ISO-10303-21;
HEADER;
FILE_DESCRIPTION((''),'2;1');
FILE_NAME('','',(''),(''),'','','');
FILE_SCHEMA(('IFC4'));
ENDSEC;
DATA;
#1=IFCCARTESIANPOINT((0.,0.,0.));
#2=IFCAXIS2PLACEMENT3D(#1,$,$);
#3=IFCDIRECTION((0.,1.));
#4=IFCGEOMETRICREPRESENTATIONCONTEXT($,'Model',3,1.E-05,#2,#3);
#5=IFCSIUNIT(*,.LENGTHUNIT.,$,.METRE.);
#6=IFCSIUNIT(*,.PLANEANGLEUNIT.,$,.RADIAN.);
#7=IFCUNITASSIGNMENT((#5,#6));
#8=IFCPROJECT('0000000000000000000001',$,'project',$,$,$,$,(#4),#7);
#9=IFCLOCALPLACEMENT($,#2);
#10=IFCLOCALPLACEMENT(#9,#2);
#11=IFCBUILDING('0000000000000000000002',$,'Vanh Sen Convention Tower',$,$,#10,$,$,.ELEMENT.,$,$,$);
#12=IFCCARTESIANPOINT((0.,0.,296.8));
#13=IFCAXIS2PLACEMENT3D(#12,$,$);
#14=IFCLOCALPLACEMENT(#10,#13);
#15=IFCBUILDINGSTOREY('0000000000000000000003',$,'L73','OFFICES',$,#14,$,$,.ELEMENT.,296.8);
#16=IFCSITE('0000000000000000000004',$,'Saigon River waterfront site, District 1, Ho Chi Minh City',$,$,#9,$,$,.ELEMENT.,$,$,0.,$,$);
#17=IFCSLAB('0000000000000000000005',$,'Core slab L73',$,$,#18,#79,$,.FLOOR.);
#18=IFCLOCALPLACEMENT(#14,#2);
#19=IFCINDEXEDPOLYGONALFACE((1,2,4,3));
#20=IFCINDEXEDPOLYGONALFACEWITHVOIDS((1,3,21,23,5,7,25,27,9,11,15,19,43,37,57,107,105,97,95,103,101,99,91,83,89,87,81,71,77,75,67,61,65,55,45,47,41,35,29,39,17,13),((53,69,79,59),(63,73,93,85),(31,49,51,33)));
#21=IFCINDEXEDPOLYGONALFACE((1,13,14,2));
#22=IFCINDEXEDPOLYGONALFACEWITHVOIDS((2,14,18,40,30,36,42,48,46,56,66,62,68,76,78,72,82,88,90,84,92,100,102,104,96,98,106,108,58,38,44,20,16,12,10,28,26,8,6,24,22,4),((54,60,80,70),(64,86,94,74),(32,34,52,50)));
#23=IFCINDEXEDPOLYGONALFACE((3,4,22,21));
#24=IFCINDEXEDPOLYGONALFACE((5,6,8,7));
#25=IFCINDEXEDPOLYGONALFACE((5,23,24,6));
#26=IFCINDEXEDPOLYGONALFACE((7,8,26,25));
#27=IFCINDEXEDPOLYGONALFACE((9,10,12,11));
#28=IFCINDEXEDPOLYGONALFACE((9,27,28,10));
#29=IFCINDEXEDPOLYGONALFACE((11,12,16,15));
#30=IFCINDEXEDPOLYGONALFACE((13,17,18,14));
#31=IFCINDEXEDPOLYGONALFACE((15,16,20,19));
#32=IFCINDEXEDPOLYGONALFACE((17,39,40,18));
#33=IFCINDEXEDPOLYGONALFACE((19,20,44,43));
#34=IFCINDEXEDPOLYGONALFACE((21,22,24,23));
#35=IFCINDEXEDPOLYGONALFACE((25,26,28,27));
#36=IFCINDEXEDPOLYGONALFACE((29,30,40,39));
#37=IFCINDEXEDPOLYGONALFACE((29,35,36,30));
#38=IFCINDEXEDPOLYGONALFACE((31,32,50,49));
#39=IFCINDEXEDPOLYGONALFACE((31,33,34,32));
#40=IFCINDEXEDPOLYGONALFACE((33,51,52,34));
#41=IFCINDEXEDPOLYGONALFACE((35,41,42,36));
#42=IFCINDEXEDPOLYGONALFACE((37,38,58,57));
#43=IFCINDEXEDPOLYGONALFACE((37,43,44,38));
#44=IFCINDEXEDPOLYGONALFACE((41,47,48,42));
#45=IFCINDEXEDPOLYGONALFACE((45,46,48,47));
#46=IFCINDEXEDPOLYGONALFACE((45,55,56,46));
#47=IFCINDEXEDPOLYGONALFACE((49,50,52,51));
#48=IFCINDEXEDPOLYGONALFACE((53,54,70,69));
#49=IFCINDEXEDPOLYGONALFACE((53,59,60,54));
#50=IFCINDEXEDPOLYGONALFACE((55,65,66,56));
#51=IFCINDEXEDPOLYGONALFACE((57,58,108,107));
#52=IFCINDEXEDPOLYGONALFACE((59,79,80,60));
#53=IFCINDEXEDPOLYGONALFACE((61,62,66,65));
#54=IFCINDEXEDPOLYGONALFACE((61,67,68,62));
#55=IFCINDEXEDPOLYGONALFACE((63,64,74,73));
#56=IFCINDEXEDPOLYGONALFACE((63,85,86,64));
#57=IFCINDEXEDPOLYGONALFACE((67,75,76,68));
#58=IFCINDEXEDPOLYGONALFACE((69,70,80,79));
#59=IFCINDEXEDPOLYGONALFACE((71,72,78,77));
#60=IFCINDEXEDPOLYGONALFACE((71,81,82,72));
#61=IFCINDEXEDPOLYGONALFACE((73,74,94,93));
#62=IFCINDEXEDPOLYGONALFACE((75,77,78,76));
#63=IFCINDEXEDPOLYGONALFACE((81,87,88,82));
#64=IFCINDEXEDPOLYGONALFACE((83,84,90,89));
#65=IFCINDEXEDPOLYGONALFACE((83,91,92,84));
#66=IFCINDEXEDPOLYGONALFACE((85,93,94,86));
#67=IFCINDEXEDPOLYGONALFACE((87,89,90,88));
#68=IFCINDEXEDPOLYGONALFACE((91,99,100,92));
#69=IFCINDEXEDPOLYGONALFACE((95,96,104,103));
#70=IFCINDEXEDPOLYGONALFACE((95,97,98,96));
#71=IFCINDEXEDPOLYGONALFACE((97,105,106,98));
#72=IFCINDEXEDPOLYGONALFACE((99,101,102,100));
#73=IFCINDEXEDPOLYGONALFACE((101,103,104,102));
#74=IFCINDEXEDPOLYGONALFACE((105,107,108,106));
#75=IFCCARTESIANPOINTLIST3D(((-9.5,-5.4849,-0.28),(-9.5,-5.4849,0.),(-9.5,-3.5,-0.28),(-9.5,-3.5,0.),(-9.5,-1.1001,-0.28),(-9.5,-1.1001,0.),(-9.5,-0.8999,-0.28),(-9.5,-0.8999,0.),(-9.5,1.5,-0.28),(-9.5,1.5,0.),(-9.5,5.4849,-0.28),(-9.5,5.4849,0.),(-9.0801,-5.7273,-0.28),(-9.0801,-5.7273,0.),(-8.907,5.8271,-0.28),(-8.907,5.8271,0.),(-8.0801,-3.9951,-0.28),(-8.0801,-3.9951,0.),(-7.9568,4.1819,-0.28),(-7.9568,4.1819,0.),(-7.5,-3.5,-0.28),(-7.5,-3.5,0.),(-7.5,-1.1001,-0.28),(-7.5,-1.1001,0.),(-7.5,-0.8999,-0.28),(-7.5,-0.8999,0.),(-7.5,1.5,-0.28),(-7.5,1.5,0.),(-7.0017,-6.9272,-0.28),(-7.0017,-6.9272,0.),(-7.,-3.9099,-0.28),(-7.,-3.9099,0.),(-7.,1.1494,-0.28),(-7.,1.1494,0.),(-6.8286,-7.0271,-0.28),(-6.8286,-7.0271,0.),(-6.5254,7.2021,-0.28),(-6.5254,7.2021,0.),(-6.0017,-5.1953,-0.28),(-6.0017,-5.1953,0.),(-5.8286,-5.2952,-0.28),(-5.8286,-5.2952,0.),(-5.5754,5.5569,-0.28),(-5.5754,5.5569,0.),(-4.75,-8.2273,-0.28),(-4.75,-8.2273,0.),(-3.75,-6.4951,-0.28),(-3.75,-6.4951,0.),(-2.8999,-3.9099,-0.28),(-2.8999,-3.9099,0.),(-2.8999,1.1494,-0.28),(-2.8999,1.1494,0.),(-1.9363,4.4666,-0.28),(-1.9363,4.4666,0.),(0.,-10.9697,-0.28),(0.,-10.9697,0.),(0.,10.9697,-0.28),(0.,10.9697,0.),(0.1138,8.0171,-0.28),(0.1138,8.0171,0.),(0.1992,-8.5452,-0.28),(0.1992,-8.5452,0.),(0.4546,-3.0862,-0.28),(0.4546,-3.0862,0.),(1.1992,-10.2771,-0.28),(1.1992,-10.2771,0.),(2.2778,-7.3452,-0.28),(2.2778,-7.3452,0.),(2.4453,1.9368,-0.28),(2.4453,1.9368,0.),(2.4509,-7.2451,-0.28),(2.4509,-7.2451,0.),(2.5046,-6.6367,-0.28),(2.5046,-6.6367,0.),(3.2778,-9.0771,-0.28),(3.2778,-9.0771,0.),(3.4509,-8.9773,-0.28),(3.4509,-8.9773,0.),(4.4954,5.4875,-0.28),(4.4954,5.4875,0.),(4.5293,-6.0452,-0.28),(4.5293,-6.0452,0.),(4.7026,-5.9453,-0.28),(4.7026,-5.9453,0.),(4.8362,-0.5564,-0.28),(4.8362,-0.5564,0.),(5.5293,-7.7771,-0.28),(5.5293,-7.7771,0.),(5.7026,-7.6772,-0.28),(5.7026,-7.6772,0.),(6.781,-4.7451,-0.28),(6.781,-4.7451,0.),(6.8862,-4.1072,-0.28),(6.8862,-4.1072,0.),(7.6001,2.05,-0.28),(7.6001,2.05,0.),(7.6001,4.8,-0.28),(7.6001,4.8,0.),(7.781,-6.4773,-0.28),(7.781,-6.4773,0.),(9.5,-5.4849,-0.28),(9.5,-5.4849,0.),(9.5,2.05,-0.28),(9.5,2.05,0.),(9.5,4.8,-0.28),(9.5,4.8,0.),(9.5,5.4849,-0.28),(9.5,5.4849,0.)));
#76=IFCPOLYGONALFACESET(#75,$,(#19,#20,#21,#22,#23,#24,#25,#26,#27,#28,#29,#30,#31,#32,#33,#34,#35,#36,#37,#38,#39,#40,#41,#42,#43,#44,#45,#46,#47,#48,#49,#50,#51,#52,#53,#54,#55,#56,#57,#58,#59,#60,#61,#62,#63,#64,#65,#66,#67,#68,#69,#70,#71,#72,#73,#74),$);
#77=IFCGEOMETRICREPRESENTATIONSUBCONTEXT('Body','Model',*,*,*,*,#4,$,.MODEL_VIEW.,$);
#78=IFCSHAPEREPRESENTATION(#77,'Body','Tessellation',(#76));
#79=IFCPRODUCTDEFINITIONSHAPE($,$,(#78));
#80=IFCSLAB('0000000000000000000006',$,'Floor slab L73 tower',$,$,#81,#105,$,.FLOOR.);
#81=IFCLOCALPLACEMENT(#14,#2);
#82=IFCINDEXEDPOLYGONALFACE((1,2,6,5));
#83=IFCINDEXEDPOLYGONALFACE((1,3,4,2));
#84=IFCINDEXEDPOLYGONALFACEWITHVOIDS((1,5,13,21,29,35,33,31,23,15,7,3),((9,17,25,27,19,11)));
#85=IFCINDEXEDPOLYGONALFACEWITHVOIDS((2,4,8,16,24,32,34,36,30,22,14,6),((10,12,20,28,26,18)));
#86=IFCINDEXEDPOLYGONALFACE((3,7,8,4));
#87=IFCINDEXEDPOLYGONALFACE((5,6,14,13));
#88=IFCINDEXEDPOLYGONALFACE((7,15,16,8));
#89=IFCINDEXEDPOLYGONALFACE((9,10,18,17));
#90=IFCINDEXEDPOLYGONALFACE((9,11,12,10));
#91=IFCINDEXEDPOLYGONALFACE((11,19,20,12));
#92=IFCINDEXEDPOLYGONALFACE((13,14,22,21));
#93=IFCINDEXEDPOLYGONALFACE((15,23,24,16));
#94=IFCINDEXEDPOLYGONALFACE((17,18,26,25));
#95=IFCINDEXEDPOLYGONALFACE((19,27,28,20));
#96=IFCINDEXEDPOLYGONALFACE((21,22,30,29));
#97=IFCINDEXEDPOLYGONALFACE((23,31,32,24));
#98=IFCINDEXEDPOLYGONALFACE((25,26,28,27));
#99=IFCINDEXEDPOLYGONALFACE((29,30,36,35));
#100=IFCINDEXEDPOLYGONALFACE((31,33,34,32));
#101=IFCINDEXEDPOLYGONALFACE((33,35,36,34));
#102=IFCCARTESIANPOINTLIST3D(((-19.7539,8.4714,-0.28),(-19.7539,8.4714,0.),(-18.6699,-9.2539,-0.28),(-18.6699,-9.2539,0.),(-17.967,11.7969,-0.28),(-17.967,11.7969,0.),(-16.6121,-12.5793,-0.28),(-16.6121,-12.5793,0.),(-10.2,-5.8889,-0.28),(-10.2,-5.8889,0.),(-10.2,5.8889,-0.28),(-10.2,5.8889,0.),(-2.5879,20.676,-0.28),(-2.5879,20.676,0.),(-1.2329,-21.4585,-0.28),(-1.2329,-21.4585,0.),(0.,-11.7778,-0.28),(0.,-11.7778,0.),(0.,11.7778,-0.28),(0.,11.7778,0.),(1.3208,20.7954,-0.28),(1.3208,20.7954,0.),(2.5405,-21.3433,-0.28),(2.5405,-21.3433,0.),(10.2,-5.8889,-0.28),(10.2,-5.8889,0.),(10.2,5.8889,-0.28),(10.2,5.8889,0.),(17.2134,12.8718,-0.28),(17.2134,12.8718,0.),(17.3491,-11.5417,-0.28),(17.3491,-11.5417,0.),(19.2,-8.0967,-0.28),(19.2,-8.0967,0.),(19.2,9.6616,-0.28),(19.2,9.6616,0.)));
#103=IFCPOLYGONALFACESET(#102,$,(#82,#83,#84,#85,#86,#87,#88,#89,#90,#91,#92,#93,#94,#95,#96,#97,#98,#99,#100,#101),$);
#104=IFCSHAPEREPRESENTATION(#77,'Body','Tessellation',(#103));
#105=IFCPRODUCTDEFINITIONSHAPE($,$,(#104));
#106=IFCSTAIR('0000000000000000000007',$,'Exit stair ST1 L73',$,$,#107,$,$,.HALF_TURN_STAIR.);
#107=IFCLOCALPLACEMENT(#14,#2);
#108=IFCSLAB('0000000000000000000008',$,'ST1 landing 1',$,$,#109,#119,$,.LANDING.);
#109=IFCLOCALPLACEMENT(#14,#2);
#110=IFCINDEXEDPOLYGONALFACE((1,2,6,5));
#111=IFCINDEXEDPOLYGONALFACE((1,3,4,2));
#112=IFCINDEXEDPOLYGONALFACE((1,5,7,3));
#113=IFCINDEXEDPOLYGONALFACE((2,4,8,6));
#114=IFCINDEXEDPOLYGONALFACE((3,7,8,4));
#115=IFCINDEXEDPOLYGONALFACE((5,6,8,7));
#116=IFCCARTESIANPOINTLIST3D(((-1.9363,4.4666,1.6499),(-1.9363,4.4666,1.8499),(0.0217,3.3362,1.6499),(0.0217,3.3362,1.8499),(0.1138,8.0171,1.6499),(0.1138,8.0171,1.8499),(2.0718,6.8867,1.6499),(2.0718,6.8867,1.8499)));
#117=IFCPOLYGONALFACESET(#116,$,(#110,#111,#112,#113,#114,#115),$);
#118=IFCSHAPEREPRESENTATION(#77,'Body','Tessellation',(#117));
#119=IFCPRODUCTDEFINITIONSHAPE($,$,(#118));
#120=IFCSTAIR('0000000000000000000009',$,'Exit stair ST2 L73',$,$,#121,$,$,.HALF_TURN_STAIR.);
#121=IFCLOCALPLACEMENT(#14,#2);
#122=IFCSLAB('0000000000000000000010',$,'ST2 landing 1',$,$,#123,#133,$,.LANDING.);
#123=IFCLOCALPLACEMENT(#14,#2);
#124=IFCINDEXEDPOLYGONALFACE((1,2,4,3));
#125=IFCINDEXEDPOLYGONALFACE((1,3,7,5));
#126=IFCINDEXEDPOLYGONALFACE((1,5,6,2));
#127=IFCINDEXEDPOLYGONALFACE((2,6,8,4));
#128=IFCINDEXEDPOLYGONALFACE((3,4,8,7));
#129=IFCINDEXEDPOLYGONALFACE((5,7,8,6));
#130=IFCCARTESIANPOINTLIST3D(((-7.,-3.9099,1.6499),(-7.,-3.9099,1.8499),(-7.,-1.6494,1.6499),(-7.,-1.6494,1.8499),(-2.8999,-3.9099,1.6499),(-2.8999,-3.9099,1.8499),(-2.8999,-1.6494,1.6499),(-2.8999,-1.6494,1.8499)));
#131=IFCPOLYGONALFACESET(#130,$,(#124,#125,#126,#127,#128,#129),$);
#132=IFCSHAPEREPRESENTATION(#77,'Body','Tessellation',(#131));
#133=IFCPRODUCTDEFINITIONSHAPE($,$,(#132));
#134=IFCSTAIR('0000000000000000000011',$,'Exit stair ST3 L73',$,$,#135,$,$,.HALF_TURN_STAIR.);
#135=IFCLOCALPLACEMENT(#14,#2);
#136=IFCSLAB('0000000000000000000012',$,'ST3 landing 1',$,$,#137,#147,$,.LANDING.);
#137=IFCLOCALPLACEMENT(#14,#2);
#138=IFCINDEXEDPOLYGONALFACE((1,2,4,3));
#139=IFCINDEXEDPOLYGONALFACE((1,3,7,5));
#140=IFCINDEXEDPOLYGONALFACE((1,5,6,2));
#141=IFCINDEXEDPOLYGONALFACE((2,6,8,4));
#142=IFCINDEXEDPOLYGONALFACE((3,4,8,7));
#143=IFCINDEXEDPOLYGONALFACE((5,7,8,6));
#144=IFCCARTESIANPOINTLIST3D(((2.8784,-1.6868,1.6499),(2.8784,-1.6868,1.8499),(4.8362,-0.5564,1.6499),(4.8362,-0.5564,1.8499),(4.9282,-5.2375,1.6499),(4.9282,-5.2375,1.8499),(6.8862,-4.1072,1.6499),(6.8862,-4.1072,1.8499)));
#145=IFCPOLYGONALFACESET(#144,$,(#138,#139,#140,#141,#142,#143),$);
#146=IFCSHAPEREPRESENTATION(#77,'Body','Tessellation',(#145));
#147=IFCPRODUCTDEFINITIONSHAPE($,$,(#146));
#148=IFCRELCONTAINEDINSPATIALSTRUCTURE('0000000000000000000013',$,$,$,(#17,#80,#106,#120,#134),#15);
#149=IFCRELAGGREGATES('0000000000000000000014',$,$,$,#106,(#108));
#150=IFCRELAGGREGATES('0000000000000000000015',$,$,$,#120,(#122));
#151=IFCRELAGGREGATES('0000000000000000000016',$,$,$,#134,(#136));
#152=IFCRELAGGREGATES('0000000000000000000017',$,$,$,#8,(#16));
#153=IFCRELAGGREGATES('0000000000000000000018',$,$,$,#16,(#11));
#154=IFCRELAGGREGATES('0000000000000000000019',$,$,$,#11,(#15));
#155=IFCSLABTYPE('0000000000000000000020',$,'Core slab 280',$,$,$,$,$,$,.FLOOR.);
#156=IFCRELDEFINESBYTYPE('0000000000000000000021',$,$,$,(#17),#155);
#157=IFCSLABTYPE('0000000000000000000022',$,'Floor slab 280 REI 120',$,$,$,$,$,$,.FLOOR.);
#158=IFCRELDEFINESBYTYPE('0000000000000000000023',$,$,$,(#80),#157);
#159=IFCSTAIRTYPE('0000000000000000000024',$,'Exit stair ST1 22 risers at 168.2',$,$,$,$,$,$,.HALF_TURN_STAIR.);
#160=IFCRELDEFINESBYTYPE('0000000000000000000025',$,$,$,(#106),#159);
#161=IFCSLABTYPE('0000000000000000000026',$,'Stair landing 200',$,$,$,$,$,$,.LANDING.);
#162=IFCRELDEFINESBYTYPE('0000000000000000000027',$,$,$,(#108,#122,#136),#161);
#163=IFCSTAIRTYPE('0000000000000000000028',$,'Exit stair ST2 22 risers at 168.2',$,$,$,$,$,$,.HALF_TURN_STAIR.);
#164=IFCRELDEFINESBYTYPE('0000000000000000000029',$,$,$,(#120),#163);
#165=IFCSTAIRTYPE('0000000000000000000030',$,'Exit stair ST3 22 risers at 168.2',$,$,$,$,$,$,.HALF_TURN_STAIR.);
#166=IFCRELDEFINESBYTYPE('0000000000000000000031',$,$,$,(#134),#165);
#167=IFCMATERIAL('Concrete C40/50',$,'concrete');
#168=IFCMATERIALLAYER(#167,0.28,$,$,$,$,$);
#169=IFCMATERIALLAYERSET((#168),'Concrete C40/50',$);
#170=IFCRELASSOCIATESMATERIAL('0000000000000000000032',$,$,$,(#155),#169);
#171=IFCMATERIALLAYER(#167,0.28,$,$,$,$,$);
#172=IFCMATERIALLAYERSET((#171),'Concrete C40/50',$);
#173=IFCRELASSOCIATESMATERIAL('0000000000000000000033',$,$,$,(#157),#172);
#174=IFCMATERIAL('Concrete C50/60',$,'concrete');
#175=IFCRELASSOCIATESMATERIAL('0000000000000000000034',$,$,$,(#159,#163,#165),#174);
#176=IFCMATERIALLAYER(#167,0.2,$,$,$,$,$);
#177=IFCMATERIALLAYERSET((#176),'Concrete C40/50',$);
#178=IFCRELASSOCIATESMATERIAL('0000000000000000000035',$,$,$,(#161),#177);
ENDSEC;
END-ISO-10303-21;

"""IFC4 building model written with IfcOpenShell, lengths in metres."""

from ifc_helpers import new_model, si_unit, direction, frame, origin, place, context, subcontext, project, spatial, polyline, outline, extrude, material, layer, layer_set, type_object, element, aggregate, save


model = new_model("IFC4")

# Units and contexts
model_context = context("Model", 3, precision=1e-05, world=origin(), true_north=direction((0.0, 1.0)))
body_context = subcontext(model_context, "Body", "Model", "MODEL_VIEW")
ifc_project = project(units=[si_unit("LENGTHUNIT", "METRE"), si_unit("PLANEANGLEUNIT", "RADIAN")], contexts=[model_context])

# Site, building, storey
site_placement = place(None, origin())
site = spatial("IfcSite", under=ifc_project, at=site_placement, Name="Saigon River waterfront site, District 1, Ho Chi Minh City", CompositionType="ELEMENT", RefElevation=0.0)
building_placement = place(site_placement, origin())
building = spatial("IfcBuilding", under=site, at=building_placement, Name="Vanh Sen Convention Tower", CompositionType="ELEMENT")
storey_placement = place(building_placement, frame((0.0, 0.0, 296.8)))
storey = spatial("IfcBuildingStorey", under=building, at=storey_placement, Name="L73", Description="OFFICES", CompositionType="ELEMENT", Elevation=296.8)

# Slabs
ifc_material_1 = material(Name="Concrete C40/50", Category="concrete")
ifc_layer_1 = layer(ifc_material_1, 0.28)
ifc_layer_set_1 = layer_set([ifc_layer_1], Name="Concrete C40/50")
slab_type_1 = type_object("IfcSlabType", Name="Core slab 280", PredefinedType="FLOOR", material=ifc_layer_set_1)
slab_1_placement = place(storey_placement, frame((0.0, 0.0, -0.28)))
element("IfcSlab", 1, at=slab_1_placement, inside=storey, type_object=slab_type_1, Name="Core slab L73", PredefinedType="FLOOR", context=body_context, shape_type="SweptSolid", body=[
    extrude(outline(polyline([(0.0, 10.9697), (9.5, 5.4849), (9.5, 4.8), (7.6001, 4.8), (7.6001, 2.05), (9.5, 2.05), (9.5, -5.4849), (7.781, -6.4773), (6.781, -4.7451), (4.7026, -5.9453), (5.7026, -7.6772), (5.5293, -7.7771), (4.5293, -6.0452), (2.4509, -7.2451), (3.4509, -8.9773), (3.2778, -9.0771), (2.2778, -7.3452), (0.1992, -8.5452), (1.1992, -10.2771), (0.0, -10.9697), (-4.75, -8.2273), (-3.75, -6.4951), (-5.8286, -5.2952), (-6.8286, -7.0271), (-7.0017, -6.9272), (-6.0017, -5.1953), (-8.0801, -3.9951), (-9.0801, -5.7273), (-9.5, -5.4849), (-9.5, -3.5), (-7.5, -3.5), (-7.5, -1.1001), (-9.5, -1.1001), (-9.5, -0.8999), (-7.5, -0.8999), (-7.5, 1.5), (-9.5, 1.5), (-9.5, 5.4849), (-8.907, 5.8271), (-7.9568, 4.1819), (-5.5754, 5.5569), (-6.5254, 7.2021), (0.0, 10.9697)]), holes=[polyline([(-7.0, 1.1494), (-7.0, -3.9099), (-2.8999, -3.9099), (-2.8999, 1.1494), (-7.0, 1.1494)]), polyline([(2.5046, -6.6367), (6.8862, -4.1072), (4.8362, -0.5564), (0.4546, -3.0862), (2.5046, -6.6367)]), polyline([(0.1138, 8.0171), (-1.9363, 4.4666), (2.4453, 1.9368), (4.4954, 5.4875), (0.1138, 8.0171)])]), origin(), (0.0, 0.0, 1.0), 0.28),
])
ifc_layer_2 = layer(ifc_material_1, 0.28)
ifc_layer_set_2 = layer_set([ifc_layer_2], Name="Concrete C40/50")
slab_type_2 = type_object("IfcSlabType", Name="Floor slab 280 REI 120", PredefinedType="FLOOR", material=ifc_layer_set_2)
slab_2_placement = place(storey_placement, frame((0.0, 0.0, -0.28)))
element("IfcSlab", 2, at=slab_2_placement, inside=storey, type_object=slab_type_2, Name="Floor slab L73 tower", PredefinedType="FLOOR", context=body_context, shape_type="SweptSolid", body=[
    extrude(outline(polyline([(19.2, -8.0967), (19.2, 9.6616), (17.2134, 12.8718), (1.3208, 20.7954), (-2.5879, 20.676), (-17.967, 11.7969), (-19.7539, 8.4714), (-18.6699, -9.2539), (-16.6121, -12.5793), (-1.2329, -21.4585), (2.5405, -21.3433), (17.3491, -11.5417), (19.2, -8.0967)]), holes=[polyline([(0.0, 11.7778), (-10.2, 5.8889), (-10.2, -5.8889), (0.0, -11.7778), (10.2, -5.8889), (10.2, 5.8889), (0.0, 11.7778)])]), origin(), (0.0, 0.0, 1.0), 0.28),
])

# Stairs, slabs
ifc_material_2 = material(Name="Concrete C50/60", Category="concrete")
stair_type_1 = type_object("IfcStairType", Name="Exit stair ST1 22 risers at 168.2", PredefinedType="HALF_TURN_STAIR", material=ifc_material_2)
stair_1_placement = place(storey_placement, origin())
stair_1 = element("IfcStair", 3, at=stair_1_placement, inside=storey, type_object=stair_type_1, Name="Exit stair ST1 L73", PredefinedType="HALF_TURN_STAIR")
ifc_layer_3 = layer(ifc_material_1, 0.2)
ifc_layer_set_3 = layer_set([ifc_layer_3], Name="Concrete C40/50")
slab_type_3 = type_object("IfcSlabType", Name="Stair landing 200", PredefinedType="LANDING", material=ifc_layer_set_3)
slab_3_placement = place(storey_placement, frame((0.0, 0.0, 1.6499)))
slab_3 = element("IfcSlab", 4, at=slab_3_placement, type_object=slab_type_3, Name="ST1 landing 1", PredefinedType="LANDING", context=body_context, shape_type="SweptSolid", body=[
    extrude(outline(polyline([(2.0718, 6.8867), (0.1138, 8.0171), (-1.9363, 4.4666), (0.0217, 3.3362), (2.0718, 6.8867)])), origin(), (0.0, 0.0, 1.0), 0.2),
])
aggregate(stair_1, [slab_3])
stair_type_2 = type_object("IfcStairType", Name="Exit stair ST2 22 risers at 168.2", PredefinedType="HALF_TURN_STAIR", material=ifc_material_2)
stair_2_placement = place(storey_placement, origin())
stair_2 = element("IfcStair", 5, at=stair_2_placement, inside=storey, type_object=stair_type_2, Name="Exit stair ST2 L73", PredefinedType="HALF_TURN_STAIR")
slab_4_placement = place(storey_placement, frame((0.0, 0.0, 1.6499)))
slab_4 = element("IfcSlab", 6, at=slab_4_placement, type_object=slab_type_3, Name="ST2 landing 1", PredefinedType="LANDING", context=body_context, shape_type="SweptSolid", body=[
    extrude(outline(polyline([(-7.0, -1.6494), (-7.0, -3.9099), (-2.8999, -3.9099), (-2.8999, -1.6494), (-7.0, -1.6494)])), origin(), (0.0, 0.0, 1.0), 0.2),
])
aggregate(stair_2, [slab_4])
stair_type_3 = type_object("IfcStairType", Name="Exit stair ST3 22 risers at 168.2", PredefinedType="HALF_TURN_STAIR", material=ifc_material_2)
stair_3_placement = place(storey_placement, origin())
stair_3 = element("IfcStair", 7, at=stair_3_placement, inside=storey, type_object=stair_type_3, Name="Exit stair ST3 L73", PredefinedType="HALF_TURN_STAIR")
slab_5_placement = place(storey_placement, frame((0.0, 0.0, 1.6499)))
slab_5 = element("IfcSlab", 8, at=slab_5_placement, type_object=slab_type_3, Name="ST3 landing 1", PredefinedType="LANDING", context=body_context, shape_type="SweptSolid", body=[
    extrude(outline(polyline([(4.9282, -5.2375), (6.8862, -4.1072), (4.8362, -0.5564), (2.8784, -1.6868), (4.9282, -5.2375)])), origin(), (0.0, 0.0, 1.0), 0.2),
])
aggregate(stair_3, [slab_5])

save(model, "model.ifc")
